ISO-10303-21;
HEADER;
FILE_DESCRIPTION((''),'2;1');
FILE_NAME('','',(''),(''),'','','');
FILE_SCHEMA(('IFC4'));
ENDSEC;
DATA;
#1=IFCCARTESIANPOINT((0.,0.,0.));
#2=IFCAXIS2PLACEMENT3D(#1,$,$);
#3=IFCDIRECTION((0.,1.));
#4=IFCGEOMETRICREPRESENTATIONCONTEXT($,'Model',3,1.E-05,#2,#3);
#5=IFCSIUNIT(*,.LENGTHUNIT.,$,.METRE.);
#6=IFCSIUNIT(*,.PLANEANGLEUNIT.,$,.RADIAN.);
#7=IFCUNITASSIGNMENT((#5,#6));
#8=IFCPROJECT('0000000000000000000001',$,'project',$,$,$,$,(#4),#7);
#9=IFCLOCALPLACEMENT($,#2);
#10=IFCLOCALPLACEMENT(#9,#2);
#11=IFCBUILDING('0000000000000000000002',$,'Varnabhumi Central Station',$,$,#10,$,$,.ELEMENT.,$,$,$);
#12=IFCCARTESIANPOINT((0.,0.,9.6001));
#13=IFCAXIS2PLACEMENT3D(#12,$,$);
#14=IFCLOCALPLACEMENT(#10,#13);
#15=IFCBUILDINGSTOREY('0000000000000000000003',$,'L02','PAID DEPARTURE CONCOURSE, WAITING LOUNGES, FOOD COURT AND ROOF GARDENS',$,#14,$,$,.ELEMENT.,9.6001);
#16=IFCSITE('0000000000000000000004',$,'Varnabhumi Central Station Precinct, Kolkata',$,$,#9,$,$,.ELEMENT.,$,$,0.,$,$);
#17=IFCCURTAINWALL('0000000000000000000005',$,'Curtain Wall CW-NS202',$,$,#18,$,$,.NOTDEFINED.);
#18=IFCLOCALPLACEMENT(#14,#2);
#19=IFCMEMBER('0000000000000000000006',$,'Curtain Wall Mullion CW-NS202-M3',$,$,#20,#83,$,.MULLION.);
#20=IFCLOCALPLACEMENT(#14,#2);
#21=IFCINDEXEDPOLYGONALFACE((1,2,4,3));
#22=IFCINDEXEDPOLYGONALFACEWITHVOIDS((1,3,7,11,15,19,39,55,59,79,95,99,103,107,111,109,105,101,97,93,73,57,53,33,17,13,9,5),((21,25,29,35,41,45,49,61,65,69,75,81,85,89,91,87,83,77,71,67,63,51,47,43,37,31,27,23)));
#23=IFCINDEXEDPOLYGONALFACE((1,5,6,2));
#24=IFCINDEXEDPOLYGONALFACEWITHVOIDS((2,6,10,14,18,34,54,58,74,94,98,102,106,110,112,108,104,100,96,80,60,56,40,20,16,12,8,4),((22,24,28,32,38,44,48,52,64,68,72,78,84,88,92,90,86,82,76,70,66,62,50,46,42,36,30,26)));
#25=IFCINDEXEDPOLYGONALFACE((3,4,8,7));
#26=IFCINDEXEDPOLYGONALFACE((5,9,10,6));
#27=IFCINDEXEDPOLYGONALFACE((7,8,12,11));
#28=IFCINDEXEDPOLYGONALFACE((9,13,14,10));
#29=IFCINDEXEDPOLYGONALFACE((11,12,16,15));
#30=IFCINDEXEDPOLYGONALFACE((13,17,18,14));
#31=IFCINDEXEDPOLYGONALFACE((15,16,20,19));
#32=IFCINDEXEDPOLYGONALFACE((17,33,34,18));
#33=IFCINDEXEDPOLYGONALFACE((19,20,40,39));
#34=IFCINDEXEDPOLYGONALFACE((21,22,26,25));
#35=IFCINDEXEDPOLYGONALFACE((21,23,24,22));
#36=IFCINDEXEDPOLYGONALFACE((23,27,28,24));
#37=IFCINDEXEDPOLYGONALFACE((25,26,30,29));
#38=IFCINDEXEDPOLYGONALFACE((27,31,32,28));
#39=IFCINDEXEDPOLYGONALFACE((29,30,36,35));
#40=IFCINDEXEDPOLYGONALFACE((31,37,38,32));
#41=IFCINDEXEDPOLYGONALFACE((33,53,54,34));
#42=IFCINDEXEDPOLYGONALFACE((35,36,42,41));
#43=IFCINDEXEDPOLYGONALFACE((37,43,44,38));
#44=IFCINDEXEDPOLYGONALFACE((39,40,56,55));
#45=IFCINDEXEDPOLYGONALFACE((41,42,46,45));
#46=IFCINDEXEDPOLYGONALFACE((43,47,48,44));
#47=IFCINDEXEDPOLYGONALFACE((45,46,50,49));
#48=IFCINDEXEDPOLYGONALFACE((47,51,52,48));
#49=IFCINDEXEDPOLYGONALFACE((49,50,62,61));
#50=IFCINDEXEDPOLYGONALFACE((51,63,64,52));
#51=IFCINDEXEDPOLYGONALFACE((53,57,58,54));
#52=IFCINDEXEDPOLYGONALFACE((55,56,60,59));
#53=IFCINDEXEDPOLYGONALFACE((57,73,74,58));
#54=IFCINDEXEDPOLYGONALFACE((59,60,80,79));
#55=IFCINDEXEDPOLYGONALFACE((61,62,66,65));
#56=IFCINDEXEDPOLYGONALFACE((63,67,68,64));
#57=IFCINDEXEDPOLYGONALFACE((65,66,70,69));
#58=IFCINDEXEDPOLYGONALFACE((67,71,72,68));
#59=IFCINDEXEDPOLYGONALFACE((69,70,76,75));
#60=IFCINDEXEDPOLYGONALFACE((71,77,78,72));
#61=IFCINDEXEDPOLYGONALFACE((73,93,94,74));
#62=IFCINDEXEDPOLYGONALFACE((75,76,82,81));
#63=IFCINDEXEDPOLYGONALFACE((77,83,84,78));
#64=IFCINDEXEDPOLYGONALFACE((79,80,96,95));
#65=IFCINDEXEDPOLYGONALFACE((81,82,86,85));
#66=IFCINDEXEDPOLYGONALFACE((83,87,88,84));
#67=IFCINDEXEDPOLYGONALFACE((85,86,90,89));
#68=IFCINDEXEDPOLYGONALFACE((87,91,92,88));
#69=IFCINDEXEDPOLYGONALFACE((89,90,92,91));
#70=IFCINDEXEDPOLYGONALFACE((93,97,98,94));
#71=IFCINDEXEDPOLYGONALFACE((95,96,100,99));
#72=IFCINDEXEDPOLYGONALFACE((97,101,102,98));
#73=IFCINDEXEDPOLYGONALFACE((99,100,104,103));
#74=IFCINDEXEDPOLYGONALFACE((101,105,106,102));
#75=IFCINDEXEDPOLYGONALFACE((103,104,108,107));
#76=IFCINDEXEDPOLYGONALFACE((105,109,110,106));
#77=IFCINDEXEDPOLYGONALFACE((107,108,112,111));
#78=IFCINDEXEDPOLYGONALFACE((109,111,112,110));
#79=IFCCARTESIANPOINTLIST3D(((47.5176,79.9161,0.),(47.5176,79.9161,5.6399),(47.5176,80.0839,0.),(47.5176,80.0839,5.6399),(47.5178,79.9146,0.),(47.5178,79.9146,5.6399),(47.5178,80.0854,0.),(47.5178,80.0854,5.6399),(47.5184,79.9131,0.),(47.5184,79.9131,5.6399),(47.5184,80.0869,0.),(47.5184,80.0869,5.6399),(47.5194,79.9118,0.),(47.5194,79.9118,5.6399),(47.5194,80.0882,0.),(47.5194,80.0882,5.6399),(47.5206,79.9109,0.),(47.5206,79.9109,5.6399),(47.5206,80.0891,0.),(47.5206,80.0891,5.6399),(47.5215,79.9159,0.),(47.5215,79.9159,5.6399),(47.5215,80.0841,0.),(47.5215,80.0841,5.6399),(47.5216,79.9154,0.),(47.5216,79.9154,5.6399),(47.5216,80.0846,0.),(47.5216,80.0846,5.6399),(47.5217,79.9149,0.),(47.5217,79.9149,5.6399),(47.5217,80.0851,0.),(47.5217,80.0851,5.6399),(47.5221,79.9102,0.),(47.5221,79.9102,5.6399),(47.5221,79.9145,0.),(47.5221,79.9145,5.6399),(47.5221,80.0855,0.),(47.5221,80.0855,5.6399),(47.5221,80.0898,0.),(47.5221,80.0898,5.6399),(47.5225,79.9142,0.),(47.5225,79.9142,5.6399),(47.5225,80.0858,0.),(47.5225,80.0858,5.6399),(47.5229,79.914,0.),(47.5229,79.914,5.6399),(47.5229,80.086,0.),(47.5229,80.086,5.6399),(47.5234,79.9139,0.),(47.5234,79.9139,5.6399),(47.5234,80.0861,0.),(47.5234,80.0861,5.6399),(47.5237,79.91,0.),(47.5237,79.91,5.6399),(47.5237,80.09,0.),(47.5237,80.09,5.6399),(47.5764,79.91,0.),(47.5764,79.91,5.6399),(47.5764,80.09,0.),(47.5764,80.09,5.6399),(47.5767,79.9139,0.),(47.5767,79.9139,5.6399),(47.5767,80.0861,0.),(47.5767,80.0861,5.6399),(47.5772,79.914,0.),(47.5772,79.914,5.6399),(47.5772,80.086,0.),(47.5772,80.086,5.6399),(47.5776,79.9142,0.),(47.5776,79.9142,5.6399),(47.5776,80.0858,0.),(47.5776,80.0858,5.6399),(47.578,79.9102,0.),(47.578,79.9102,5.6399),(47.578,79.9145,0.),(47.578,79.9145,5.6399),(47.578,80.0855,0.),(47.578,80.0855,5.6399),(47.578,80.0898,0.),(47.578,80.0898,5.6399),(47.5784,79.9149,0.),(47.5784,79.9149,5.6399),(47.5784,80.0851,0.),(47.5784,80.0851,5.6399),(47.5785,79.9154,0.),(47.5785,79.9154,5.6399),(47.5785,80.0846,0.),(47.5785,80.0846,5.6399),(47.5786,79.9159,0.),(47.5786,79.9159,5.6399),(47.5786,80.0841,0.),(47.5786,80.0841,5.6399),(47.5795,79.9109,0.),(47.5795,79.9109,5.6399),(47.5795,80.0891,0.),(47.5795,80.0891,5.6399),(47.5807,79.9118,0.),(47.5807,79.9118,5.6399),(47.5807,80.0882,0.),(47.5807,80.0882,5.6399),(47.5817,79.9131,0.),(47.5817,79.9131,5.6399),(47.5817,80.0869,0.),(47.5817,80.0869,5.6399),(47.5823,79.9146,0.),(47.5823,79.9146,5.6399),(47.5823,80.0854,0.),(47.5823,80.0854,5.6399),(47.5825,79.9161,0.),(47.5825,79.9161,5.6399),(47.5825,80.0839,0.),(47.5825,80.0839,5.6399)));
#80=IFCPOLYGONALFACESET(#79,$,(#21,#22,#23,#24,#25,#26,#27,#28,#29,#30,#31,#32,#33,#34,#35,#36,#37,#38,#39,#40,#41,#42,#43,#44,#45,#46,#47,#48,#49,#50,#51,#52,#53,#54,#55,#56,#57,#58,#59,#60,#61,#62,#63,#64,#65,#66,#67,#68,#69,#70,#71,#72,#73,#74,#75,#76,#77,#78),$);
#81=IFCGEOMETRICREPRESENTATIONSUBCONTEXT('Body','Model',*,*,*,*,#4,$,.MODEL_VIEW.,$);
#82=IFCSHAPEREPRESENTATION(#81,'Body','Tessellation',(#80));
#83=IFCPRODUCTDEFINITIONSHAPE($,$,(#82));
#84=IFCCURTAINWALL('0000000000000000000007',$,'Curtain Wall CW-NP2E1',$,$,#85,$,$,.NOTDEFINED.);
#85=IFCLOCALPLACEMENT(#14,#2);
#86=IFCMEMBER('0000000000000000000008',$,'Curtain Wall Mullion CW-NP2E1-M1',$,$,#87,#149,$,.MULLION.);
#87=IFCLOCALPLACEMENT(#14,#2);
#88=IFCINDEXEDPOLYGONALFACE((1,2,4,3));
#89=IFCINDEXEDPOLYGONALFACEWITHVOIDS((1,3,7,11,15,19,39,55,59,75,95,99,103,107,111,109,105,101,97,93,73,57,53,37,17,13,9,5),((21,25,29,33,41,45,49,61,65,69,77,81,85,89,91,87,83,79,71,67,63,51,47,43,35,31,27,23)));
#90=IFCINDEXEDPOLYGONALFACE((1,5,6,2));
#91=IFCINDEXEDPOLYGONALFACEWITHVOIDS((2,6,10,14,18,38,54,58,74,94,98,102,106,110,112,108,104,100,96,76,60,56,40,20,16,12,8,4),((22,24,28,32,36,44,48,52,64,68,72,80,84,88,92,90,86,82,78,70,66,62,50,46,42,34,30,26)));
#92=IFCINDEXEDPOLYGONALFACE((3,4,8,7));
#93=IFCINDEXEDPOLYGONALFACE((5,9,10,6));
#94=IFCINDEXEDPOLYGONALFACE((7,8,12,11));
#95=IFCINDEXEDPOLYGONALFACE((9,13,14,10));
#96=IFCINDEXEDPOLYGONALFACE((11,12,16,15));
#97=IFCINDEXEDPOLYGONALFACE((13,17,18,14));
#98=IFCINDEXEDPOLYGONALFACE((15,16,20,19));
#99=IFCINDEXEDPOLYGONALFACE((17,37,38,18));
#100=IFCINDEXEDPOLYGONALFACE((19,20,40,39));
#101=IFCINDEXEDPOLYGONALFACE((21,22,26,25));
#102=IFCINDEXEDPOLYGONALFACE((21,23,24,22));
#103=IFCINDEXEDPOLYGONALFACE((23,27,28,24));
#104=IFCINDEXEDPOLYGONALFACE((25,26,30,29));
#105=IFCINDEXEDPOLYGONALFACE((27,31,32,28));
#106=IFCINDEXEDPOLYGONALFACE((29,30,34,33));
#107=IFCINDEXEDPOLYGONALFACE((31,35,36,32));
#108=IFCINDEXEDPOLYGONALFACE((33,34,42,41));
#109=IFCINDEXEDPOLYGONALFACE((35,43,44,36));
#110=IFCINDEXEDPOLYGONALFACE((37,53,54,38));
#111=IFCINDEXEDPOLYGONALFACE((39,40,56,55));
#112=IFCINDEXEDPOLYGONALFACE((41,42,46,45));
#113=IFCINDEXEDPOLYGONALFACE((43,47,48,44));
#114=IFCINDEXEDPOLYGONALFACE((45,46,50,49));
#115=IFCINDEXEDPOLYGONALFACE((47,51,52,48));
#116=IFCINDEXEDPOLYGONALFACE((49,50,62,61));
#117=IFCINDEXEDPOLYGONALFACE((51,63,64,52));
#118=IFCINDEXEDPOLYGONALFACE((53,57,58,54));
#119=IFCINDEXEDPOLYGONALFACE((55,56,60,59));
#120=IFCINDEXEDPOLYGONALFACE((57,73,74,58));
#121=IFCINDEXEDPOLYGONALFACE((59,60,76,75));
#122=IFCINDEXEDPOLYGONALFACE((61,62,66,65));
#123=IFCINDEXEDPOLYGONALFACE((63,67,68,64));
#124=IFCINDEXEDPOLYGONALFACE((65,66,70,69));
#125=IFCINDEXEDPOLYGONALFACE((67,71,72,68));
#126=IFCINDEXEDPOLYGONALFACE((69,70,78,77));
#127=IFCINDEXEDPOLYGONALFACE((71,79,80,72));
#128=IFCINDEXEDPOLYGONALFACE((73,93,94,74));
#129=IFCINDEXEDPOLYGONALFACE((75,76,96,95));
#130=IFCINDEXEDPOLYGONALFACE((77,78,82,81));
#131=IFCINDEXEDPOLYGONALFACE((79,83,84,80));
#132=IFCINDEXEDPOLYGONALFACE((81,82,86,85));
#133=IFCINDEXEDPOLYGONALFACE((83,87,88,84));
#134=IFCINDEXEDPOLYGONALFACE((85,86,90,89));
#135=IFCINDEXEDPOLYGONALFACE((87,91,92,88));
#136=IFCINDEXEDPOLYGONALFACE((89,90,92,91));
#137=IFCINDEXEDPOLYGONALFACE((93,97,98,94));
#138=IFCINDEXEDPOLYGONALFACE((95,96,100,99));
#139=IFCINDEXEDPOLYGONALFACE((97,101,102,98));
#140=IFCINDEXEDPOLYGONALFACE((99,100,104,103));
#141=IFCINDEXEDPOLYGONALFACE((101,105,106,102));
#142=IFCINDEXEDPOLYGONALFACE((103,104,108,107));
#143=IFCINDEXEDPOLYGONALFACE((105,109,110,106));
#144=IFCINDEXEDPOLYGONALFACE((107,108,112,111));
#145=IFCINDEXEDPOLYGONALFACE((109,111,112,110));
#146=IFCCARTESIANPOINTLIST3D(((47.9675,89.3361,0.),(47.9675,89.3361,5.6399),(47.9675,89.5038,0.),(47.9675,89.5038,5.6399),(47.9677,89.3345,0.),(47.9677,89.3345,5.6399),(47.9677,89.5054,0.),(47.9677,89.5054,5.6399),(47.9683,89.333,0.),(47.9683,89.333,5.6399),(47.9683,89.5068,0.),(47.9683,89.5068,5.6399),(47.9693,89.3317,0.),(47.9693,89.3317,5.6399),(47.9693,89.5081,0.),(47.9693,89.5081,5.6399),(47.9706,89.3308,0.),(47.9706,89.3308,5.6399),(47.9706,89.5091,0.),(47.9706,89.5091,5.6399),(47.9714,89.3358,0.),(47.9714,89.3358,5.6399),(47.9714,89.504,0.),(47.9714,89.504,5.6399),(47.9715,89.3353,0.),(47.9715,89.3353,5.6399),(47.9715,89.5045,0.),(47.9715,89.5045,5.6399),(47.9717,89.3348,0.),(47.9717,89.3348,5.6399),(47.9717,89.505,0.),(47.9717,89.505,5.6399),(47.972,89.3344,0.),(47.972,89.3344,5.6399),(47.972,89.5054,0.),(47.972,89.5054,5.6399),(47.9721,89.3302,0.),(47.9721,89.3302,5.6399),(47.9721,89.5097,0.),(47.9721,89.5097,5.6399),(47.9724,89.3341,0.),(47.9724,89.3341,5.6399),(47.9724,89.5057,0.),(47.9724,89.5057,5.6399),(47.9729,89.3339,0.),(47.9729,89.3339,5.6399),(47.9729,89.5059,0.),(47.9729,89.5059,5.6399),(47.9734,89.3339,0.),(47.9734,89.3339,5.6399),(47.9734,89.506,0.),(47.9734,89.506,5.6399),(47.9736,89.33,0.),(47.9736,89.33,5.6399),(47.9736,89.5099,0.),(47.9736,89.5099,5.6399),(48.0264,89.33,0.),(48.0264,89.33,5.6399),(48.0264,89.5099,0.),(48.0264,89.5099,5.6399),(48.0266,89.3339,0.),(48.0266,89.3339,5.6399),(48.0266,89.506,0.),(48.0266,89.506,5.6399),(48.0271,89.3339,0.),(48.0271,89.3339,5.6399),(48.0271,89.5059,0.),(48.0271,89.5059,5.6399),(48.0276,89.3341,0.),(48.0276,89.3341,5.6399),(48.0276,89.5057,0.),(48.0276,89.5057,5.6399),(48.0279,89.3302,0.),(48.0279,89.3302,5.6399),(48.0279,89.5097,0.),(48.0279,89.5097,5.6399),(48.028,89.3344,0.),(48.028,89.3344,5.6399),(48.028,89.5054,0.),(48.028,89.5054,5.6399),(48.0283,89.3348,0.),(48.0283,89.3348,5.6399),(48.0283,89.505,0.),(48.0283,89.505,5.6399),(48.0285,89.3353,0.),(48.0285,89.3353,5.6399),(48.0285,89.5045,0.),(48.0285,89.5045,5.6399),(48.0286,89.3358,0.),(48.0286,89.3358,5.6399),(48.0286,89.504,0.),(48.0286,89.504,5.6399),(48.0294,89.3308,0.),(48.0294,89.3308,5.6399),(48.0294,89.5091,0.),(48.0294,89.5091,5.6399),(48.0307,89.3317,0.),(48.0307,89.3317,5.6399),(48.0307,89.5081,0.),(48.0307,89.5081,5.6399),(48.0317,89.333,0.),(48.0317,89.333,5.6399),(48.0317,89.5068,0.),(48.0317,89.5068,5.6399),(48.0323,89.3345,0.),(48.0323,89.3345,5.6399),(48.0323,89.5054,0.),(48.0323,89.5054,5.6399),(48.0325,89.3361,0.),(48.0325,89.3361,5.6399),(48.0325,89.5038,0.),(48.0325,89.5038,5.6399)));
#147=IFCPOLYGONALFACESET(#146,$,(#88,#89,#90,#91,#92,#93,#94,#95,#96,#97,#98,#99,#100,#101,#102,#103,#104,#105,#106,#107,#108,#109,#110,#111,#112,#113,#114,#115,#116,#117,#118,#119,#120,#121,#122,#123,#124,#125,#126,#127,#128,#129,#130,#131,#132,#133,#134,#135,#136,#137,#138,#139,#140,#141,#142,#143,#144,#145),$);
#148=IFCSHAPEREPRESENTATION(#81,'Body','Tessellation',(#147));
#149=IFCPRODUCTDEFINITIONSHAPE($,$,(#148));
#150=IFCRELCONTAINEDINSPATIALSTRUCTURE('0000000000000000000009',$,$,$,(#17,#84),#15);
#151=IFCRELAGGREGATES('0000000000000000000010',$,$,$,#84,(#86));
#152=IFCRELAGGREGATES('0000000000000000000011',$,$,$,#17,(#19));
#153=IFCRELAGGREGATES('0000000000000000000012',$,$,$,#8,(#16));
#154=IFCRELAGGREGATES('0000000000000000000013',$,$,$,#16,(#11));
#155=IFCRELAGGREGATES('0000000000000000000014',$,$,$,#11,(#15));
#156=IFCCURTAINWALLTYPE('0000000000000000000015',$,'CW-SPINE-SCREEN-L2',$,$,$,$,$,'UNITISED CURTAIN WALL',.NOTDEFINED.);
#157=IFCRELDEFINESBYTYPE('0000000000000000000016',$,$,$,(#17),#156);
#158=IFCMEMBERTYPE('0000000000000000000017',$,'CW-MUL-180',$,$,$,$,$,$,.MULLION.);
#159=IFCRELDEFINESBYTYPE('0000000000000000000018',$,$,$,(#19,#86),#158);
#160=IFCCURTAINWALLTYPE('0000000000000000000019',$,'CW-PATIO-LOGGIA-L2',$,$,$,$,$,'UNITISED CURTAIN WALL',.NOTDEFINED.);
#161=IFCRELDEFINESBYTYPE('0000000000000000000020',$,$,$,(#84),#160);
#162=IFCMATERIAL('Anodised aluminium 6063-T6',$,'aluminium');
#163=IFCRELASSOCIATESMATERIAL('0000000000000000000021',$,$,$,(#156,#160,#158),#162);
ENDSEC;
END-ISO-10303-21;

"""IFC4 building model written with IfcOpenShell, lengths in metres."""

from ifc_helpers import new_model, si_unit, direction, frame, origin, origin_2d, place, context, subcontext, project, spatial, hollow_rectangle, extrude, material, material_profile, profile_set, type_object, element, aggregate, save


model = new_model("IFC4")

# Units and contexts
model_context = context("Model", 3, precision=1e-05, world=origin(), true_north=direction((0.0, 1.0)))
body_context = subcontext(model_context, "Body", "Model", "MODEL_VIEW")
ifc_project = project(units=[si_unit("LENGTHUNIT", "METRE"), si_unit("PLANEANGLEUNIT", "RADIAN")], contexts=[model_context])

# Site, building, storey
site_placement = place(None, origin())
site = spatial("IfcSite", under=ifc_project, at=site_placement, Name="Varnabhumi Central Station Precinct, Kolkata", CompositionType="ELEMENT", RefElevation=0.0)
building_placement = place(site_placement, origin())
building = spatial("IfcBuilding", under=site, at=building_placement, Name="Varnabhumi Central Station", CompositionType="ELEMENT")
storey_placement = place(building_placement, frame((0.0, 0.0, 9.6001)))
storey = spatial("IfcBuildingStorey", under=building, at=storey_placement, Name="L02", Description="PAID DEPARTURE CONCOURSE, WAITING LOUNGES, FOOD COURT AND ROOF GARDENS", CompositionType="ELEMENT", Elevation=9.6001)

# Curtain wall, member
ifc_material_1 = material(Name="Anodised aluminium 6063-T6", Category="aluminium")
curtain_wall_type_1 = type_object("IfcCurtainWallType", Name="CW-SPINE-SCREEN-L2", ElementType="UNITISED CURTAIN WALL", PredefinedType="NOTDEFINED", material=ifc_material_1)
curtain_wall_1_placement = place(storey_placement, origin())
curtain_wall_1 = element("IfcCurtainWall", 1, at=curtain_wall_1_placement, inside=storey, type_object=curtain_wall_type_1, Name="Curtain Wall CW-NS202", PredefinedType="NOTDEFINED")
ifc_material_profile_1 = material_profile(ifc_material_1, hollow_rectangle(XDim=0.0649, YDim=0.1799, WallThickness=0.0039, InnerFilletRadius=0.002, OuterFilletRadius=0.0061, at=origin_2d()), Name="Anodised aluminium 6063-T6", Category="aluminium")
ifc_profile_set_1 = profile_set([ifc_material_profile_1], Name="Anodised aluminium 6063-T6")
member_type_1 = type_object("IfcMemberType", Name="CW-MUL-180", PredefinedType="MULLION", material=ifc_profile_set_1)
member_1_placement = place(storey_placement, frame((47.55, 80.0, 0.0), z_axis=(0.0, 0.0, 1.0), x_axis=(1.0, 0.0, 0.0)))
member_1 = element("IfcMember", 2, at=member_1_placement, type_object=member_type_1, Name="Curtain Wall Mullion CW-NS202-M3", PredefinedType="MULLION", context=body_context, shape_type="SweptSolid", body=[
    extrude(hollow_rectangle(XDim=0.0649, YDim=0.1799, WallThickness=0.0039, InnerFilletRadius=0.002, OuterFilletRadius=0.0061, at=origin_2d()), origin(), (0.0, 0.0, 1.0), 5.6399),
])

# Curtain wall, member
curtain_wall_type_2 = type_object("IfcCurtainWallType", Name="CW-PATIO-LOGGIA-L2", ElementType="UNITISED CURTAIN WALL", PredefinedType="NOTDEFINED", material=ifc_material_1)
curtain_wall_2_placement = place(storey_placement, origin())
curtain_wall_2 = element("IfcCurtainWall", 3, at=curtain_wall_2_placement, inside=storey, type_object=curtain_wall_type_2, Name="Curtain Wall CW-NP2E1", PredefinedType="NOTDEFINED")
member_2_placement = place(storey_placement, frame((48.0, 89.4199, 0.0), z_axis=(0.0, 0.0, 1.0), x_axis=(1.0, 0.0, 0.0)))
member_2 = element("IfcMember", 4, at=member_2_placement, type_object=member_type_1, Name="Curtain Wall Mullion CW-NP2E1-M1", PredefinedType="MULLION", context=body_context, shape_type="SweptSolid", body=[
    extrude(hollow_rectangle(XDim=0.0649, YDim=0.1799, WallThickness=0.0039, InnerFilletRadius=0.002, OuterFilletRadius=0.0061, at=origin_2d()), origin(), (0.0, 0.0, 1.0), 5.6399),
])
aggregate(curtain_wall_2, [member_2])

aggregate(curtain_wall_1, [member_1])

save(model, "model.ifc")
